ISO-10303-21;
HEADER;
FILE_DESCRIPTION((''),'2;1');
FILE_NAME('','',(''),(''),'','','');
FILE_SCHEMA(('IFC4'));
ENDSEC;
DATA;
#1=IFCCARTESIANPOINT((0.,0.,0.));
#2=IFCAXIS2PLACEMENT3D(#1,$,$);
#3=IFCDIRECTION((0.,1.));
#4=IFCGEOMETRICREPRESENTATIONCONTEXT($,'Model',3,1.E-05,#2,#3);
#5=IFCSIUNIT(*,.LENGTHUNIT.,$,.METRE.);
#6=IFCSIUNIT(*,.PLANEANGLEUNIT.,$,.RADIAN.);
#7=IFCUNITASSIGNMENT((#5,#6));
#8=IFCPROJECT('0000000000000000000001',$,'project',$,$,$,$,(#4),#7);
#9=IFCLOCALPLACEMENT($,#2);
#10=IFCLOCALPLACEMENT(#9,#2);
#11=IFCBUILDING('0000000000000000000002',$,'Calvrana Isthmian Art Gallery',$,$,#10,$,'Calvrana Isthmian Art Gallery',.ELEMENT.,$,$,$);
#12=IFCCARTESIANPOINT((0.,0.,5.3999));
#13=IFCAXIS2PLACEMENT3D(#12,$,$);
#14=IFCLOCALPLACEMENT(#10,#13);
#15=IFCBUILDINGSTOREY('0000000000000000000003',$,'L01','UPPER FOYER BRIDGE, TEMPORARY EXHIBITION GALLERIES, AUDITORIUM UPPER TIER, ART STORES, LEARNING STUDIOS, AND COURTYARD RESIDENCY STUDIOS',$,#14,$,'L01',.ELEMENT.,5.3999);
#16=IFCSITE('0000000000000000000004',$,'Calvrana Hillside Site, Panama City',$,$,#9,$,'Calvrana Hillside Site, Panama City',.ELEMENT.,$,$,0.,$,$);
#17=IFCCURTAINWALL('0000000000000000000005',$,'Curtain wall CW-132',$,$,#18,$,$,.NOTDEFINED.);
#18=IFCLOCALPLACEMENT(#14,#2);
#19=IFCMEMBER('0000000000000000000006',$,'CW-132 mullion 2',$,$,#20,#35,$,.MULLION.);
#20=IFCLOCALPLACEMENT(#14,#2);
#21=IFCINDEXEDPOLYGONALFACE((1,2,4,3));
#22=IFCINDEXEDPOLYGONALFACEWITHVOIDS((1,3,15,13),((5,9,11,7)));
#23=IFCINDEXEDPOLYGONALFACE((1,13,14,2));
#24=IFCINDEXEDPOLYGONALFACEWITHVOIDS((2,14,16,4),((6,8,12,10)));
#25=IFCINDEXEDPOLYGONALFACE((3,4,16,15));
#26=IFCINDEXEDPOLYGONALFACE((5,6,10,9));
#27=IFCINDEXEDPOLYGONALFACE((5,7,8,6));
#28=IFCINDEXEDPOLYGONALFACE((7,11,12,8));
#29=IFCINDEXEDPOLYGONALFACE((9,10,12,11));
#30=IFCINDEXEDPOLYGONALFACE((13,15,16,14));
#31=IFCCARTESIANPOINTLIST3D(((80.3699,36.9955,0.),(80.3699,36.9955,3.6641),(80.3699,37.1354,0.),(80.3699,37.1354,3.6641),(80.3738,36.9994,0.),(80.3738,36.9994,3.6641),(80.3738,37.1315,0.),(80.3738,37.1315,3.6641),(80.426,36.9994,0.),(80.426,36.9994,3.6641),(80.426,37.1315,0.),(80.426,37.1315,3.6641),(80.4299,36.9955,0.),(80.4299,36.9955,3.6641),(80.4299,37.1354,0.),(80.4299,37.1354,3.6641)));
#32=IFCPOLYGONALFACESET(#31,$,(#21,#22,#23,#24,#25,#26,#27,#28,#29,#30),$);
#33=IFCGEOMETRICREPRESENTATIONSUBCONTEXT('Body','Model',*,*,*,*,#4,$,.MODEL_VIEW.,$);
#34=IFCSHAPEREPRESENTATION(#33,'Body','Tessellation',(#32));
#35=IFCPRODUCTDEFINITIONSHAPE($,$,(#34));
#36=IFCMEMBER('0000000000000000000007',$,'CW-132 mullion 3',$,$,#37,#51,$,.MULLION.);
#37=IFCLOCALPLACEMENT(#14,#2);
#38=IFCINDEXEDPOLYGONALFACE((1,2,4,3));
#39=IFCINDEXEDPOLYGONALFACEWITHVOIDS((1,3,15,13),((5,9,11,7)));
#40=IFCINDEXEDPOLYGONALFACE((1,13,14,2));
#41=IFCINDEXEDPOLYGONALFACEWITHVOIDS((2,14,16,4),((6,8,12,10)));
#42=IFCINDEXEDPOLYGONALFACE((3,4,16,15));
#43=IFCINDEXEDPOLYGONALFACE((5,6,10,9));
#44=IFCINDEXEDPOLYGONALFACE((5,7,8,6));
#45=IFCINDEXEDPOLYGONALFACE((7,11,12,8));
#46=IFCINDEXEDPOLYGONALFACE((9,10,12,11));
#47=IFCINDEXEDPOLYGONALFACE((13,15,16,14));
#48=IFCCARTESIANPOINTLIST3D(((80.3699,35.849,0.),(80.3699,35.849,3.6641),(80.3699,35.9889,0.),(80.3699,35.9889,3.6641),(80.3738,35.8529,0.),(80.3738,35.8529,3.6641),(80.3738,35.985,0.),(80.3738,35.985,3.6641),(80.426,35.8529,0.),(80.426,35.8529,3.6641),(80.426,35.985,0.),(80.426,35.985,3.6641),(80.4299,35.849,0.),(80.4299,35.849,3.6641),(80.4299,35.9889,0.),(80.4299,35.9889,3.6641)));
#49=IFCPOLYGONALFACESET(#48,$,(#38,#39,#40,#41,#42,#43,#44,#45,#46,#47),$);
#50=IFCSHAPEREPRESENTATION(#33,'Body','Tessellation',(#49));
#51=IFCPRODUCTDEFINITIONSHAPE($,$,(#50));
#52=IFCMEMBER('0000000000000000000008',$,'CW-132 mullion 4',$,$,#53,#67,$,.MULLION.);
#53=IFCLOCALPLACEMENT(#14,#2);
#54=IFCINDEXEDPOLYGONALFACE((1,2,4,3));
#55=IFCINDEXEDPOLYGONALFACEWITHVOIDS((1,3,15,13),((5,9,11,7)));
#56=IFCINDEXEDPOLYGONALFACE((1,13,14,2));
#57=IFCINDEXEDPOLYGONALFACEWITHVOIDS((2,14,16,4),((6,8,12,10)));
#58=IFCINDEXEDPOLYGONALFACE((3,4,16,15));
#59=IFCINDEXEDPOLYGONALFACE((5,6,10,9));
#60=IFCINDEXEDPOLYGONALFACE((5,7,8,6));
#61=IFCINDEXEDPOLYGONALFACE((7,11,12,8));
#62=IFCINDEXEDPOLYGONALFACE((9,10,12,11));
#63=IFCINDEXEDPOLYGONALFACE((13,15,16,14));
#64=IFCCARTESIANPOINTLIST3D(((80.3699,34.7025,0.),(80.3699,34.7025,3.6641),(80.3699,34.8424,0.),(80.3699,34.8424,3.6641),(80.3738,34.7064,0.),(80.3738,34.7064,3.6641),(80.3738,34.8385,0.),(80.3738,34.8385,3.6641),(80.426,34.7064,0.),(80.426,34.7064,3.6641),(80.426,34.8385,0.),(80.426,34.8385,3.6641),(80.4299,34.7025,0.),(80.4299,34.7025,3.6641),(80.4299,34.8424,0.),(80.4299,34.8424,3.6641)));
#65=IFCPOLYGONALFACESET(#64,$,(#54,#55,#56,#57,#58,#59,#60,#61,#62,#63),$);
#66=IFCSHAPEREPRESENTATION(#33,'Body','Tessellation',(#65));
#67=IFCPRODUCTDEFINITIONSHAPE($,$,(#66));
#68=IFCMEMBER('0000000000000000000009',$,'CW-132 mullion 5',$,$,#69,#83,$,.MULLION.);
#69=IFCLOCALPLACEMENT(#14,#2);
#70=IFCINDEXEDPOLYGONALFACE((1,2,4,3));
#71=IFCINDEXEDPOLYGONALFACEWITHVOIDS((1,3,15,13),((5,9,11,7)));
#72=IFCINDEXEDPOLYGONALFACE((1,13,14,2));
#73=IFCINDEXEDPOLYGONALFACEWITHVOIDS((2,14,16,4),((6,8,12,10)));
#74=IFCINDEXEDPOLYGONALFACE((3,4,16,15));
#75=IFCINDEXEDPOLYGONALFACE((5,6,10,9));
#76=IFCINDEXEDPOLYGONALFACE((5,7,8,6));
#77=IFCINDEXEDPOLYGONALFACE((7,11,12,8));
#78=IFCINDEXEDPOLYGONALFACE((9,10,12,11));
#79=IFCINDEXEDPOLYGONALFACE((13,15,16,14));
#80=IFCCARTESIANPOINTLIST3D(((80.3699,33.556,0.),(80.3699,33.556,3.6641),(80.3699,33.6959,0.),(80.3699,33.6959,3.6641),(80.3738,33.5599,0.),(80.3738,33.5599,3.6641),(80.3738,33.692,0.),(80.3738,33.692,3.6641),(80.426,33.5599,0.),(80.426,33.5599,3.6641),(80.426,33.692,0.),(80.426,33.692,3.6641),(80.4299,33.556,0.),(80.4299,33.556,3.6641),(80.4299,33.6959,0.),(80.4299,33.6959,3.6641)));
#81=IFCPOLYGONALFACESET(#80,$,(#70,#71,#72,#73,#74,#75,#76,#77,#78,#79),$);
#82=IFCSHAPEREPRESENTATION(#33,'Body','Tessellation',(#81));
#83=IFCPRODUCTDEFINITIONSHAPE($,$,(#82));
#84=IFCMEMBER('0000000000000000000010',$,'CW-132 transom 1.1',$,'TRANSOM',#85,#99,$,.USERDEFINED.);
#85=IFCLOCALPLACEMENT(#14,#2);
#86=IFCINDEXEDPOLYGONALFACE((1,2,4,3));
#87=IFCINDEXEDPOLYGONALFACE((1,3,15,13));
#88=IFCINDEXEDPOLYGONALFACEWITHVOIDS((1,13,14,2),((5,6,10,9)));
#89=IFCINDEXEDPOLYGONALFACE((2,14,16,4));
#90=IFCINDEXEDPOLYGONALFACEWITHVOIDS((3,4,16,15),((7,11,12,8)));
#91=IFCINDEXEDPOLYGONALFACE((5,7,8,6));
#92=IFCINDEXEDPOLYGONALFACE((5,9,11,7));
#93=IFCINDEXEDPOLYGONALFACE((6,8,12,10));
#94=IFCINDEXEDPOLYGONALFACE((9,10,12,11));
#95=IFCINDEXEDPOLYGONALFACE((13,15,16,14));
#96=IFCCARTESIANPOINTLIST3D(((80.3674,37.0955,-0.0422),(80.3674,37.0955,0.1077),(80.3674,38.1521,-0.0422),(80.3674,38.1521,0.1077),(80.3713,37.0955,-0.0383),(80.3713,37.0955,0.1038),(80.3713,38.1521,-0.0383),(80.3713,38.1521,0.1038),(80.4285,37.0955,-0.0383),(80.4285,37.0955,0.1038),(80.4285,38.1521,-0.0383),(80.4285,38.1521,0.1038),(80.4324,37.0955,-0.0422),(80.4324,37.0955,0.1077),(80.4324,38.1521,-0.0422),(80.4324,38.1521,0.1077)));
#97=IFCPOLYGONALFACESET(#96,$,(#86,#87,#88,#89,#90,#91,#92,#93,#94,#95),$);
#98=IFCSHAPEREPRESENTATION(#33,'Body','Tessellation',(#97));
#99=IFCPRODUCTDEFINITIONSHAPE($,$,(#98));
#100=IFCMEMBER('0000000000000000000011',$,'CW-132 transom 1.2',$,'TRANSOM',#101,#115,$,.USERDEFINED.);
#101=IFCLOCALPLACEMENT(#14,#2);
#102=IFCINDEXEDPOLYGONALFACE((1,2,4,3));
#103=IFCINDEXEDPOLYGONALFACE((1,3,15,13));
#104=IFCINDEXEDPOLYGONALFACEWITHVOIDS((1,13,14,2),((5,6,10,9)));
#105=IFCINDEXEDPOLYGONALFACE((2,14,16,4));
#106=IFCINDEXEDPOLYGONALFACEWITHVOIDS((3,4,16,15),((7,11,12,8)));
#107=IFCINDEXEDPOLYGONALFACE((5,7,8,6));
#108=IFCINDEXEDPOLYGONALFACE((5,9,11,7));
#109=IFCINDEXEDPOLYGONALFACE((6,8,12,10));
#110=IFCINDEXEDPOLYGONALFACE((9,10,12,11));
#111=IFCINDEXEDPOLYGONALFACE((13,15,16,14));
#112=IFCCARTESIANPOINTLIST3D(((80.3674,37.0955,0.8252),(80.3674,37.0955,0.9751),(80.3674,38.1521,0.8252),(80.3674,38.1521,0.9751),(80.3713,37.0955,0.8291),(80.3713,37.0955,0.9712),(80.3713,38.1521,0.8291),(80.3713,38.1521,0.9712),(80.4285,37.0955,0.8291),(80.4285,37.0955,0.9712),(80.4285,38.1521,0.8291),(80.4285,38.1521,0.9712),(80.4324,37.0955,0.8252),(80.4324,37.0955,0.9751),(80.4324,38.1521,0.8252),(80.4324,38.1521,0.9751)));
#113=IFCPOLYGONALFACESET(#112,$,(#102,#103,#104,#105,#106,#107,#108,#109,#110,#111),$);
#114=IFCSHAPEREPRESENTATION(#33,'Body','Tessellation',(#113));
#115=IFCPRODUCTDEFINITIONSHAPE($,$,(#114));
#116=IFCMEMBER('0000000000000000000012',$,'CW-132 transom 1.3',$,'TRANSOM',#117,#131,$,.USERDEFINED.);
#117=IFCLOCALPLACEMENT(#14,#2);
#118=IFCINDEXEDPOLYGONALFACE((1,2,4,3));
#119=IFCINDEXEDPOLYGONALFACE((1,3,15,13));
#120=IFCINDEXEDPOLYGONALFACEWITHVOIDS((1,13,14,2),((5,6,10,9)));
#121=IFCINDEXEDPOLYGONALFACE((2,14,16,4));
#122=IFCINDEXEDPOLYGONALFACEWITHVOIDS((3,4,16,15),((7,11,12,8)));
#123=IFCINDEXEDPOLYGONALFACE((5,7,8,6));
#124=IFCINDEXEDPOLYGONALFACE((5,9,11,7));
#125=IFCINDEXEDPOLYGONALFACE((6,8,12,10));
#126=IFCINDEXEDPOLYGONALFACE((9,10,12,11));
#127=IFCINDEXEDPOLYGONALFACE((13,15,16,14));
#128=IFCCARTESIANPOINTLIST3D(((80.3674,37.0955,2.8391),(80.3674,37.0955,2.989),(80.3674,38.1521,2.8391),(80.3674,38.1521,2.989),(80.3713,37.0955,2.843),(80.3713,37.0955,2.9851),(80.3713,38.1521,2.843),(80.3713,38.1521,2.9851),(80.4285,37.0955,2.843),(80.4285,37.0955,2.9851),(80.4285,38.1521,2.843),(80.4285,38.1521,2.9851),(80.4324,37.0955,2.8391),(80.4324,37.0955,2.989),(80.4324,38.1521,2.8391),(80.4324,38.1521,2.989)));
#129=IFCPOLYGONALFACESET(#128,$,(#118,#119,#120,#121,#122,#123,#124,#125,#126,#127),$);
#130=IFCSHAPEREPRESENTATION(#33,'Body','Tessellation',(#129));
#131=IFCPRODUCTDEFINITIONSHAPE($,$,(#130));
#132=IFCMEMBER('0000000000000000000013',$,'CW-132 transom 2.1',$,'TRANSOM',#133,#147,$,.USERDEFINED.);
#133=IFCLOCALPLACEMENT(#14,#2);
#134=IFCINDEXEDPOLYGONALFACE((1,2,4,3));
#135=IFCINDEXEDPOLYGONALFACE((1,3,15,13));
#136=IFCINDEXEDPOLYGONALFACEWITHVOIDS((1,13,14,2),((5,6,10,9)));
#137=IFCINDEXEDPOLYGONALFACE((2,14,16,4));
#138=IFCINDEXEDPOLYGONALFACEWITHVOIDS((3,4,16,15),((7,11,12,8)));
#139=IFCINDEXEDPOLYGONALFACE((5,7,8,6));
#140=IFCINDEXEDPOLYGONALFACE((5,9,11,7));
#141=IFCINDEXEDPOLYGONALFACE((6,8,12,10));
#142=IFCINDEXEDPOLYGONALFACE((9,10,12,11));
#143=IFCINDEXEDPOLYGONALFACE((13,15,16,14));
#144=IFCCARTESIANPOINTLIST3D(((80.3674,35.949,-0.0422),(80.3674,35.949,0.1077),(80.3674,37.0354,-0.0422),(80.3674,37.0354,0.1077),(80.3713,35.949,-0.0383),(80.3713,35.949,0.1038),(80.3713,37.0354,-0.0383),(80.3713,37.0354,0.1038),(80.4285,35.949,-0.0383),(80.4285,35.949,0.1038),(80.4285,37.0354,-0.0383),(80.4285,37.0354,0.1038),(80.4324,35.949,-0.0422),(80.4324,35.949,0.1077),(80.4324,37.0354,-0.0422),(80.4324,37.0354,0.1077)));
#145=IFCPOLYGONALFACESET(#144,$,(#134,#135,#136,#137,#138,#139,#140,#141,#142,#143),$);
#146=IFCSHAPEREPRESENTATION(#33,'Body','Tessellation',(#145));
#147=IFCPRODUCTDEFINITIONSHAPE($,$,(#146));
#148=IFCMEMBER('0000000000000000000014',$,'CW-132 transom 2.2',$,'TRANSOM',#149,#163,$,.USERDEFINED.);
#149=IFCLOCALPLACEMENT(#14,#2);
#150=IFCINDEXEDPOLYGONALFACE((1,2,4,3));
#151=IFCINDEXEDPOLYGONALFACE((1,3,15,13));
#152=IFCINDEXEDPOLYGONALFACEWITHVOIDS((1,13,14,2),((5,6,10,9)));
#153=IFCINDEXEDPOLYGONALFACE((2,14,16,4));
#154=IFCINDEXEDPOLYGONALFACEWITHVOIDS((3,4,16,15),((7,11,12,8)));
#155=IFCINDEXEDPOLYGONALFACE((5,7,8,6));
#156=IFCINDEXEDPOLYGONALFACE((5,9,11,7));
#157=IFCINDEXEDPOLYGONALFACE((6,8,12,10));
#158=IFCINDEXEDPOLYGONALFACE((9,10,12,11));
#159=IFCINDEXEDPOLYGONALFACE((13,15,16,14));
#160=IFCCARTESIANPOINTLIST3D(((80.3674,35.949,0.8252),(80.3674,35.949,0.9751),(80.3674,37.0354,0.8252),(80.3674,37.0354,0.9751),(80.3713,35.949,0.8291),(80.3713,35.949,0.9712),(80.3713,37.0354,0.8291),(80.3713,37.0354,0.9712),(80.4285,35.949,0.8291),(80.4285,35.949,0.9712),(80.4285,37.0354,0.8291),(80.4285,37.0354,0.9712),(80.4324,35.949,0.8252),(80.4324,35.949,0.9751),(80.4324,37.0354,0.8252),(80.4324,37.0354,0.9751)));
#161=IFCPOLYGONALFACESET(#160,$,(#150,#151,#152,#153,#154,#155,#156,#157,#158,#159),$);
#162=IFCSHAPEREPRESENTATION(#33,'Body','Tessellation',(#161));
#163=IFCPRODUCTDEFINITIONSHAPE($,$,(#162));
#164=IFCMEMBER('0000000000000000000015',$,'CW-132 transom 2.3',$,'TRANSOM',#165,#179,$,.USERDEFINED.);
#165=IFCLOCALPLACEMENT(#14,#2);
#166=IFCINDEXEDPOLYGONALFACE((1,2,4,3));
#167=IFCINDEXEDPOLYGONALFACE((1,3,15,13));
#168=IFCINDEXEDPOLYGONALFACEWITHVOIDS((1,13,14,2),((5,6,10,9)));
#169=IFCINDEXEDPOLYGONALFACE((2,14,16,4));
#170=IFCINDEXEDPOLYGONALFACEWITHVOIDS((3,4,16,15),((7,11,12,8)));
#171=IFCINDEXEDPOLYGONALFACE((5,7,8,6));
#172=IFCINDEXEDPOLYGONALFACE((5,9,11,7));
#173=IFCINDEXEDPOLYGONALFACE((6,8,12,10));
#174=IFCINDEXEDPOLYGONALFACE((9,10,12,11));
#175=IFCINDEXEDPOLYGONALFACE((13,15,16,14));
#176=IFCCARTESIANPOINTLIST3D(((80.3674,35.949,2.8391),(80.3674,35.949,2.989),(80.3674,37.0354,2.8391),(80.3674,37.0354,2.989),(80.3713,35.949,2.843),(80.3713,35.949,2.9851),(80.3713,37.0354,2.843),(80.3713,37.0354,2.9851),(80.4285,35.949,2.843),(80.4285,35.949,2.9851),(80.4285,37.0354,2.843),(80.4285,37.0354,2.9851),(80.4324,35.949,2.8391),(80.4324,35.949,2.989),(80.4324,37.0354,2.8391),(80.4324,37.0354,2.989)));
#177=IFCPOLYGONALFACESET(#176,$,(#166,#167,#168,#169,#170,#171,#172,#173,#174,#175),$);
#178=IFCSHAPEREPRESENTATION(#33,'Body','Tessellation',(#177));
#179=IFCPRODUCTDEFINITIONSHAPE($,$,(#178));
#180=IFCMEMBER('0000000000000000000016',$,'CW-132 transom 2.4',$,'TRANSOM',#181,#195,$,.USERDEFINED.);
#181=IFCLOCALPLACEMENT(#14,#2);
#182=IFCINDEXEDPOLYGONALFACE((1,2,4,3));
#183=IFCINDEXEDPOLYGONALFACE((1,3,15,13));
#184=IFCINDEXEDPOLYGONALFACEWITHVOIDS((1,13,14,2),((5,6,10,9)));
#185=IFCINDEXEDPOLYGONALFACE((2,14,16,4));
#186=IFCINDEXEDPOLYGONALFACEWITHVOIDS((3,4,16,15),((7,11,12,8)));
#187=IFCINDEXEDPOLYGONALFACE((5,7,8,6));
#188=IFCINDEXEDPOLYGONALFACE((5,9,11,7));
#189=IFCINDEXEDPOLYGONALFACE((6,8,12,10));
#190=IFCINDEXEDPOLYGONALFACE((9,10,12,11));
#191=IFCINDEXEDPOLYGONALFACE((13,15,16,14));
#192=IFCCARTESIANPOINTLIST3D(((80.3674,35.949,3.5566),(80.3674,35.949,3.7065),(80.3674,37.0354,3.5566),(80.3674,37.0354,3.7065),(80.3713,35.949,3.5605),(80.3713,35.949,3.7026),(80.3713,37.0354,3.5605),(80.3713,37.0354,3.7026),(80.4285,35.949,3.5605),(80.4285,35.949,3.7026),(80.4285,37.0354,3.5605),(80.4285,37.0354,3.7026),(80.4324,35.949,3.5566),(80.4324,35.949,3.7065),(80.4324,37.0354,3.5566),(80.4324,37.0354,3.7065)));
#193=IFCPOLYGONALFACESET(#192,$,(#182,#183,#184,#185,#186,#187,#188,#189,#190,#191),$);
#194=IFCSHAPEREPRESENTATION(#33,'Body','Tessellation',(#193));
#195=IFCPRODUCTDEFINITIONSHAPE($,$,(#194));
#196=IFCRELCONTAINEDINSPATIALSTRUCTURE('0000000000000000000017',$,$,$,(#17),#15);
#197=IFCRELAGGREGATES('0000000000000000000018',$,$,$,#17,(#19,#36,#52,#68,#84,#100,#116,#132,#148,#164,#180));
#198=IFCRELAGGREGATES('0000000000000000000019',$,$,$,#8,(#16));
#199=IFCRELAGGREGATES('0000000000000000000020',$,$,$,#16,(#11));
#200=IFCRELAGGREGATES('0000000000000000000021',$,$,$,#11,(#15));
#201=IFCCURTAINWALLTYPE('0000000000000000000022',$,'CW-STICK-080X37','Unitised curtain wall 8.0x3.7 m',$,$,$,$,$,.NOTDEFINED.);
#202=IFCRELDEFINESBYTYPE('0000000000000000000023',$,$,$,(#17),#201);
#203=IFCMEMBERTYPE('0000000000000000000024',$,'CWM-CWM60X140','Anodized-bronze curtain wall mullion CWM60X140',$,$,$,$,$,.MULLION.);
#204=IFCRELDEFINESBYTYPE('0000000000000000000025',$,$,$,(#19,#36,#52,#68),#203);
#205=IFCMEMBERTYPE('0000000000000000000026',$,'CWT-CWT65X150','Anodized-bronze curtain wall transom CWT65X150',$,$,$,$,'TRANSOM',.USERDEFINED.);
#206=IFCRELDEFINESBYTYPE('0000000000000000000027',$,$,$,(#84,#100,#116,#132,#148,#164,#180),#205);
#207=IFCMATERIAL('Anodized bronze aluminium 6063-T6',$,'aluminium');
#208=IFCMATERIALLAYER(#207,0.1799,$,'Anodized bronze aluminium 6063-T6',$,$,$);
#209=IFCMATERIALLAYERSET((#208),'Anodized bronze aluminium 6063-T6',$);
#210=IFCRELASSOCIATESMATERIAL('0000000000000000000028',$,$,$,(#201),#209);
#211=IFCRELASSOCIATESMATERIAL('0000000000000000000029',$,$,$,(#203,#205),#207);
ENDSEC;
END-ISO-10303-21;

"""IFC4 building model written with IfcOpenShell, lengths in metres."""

from ifc_helpers import new_model, si_unit, direction, frame, origin, origin_2d, place, context, subcontext, project, spatial, hollow_rectangle, extrude, material, layer, layer_set, material_profile, profile_set, type_object, element, aggregate, save


model = new_model("IFC4")

# Units and contexts
model_context = context("Model", 3, precision=1e-05, world=origin(), true_north=direction((0.0, 1.0)))
body_context = subcontext(model_context, "Body", "Model", "MODEL_VIEW")
ifc_project = project(units=[si_unit("LENGTHUNIT", "METRE"), si_unit("PLANEANGLEUNIT", "RADIAN")], contexts=[model_context])

# Site, building, storey
site_placement = place(None, origin())
site = spatial("IfcSite", under=ifc_project, at=site_placement, Name="Calvrana Hillside Site, Panama City", LongName="Calvrana Hillside Site, Panama City", CompositionType="ELEMENT", RefElevation=0.0)
building_placement = place(site_placement, origin())
building = spatial("IfcBuilding", under=site, at=building_placement, Name="Calvrana Isthmian Art Gallery", LongName="Calvrana Isthmian Art Gallery", CompositionType="ELEMENT")
storey_placement = place(building_placement, frame((0.0, 0.0, 5.3999)))
storey = spatial("IfcBuildingStorey", under=building, at=storey_placement, Name="L01", Description="UPPER FOYER BRIDGE, TEMPORARY EXHIBITION GALLERIES, AUDITORIUM UPPER TIER, ART STORES, LEARNING STUDIOS, AND COURTYARD RESIDENCY STUDIOS", LongName="L01", CompositionType="ELEMENT", Elevation=5.3999)

# Curtain wall, members
ifc_material_1 = material(Name="Anodized bronze aluminium 6063-T6", Category="aluminium")
ifc_layer_1 = layer(ifc_material_1, 0.1799, Name="Anodized bronze aluminium 6063-T6")
ifc_layer_set_1 = layer_set([ifc_layer_1], Name="Anodized bronze aluminium 6063-T6")
curtain_wall_type = type_object("IfcCurtainWallType", Name="CW-STICK-080X37", Description="Unitised curtain wall 8.0x3.7 m", PredefinedType="NOTDEFINED", material=ifc_layer_set_1)
curtain_wall_placement = place(storey_placement, origin())
curtain_wall = element("IfcCurtainWall", 1, at=curtain_wall_placement, inside=storey, type_object=curtain_wall_type, Name="Curtain wall CW-132", PredefinedType="NOTDEFINED")
ifc_material_profile_1 = material_profile(ifc_material_1, hollow_rectangle(XDim=0.0601, YDim=0.1399, WallThickness=0.0039, at=origin_2d()), Name="CWM60X140")
ifc_profile_set_1 = profile_set([ifc_material_profile_1], Name="Anodized bronze aluminium 6063-T6")
member_type_1 = type_object("IfcMemberType", Name="CWM-CWM60X140", Description="Anodized-bronze curtain wall mullion CWM60X140", PredefinedType="MULLION", material=ifc_profile_set_1)
member_1_placement = place(storey_placement, frame((80.3999, 37.0654, 0.0), z_axis=(0.0, 0.0, 1.0), x_axis=(1.0, 0.0, 0.0)))
member_1 = element("IfcMember", 2, at=member_1_placement, type_object=member_type_1, Name="CW-132 mullion 2", PredefinedType="MULLION", context=body_context, shape_type="SweptSolid", body=[
    extrude(hollow_rectangle(XDim=0.0601, YDim=0.1399, WallThickness=0.0039, at=origin_2d()), origin(), (0.0, 0.0, 1.0), 3.6641),
])
member_2_placement = place(storey_placement, frame((80.3999, 35.9189, 0.0), z_axis=(0.0, 0.0, 1.0), x_axis=(1.0, 0.0, 0.0)))
member_2 = element("IfcMember", 3, at=member_2_placement, type_object=member_type_1, Name="CW-132 mullion 3", PredefinedType="MULLION", context=body_context, shape_type="SweptSolid", body=[
    extrude(hollow_rectangle(XDim=0.0601, YDim=0.1399, WallThickness=0.0039, at=origin_2d()), origin(), (0.0, 0.0, 1.0), 3.6641),
])
member_3_placement = place(storey_placement, frame((80.3999, 34.7725, 0.0), z_axis=(0.0, 0.0, 1.0), x_axis=(1.0, 0.0, 0.0)))
member_3 = element("IfcMember", 4, at=member_3_placement, type_object=member_type_1, Name="CW-132 mullion 4", PredefinedType="MULLION", context=body_context, shape_type="SweptSolid", body=[
    extrude(hollow_rectangle(XDim=0.0601, YDim=0.1399, WallThickness=0.0039, at=origin_2d()), origin(), (0.0, 0.0, 1.0), 3.6641),
])
member_4_placement = place(storey_placement, frame((80.3999, 33.626, 0.0), z_axis=(0.0, 0.0, 1.0), x_axis=(1.0, 0.0, 0.0)))
member_4 = element("IfcMember", 5, at=member_4_placement, type_object=member_type_1, Name="CW-132 mullion 5", PredefinedType="MULLION", context=body_context, shape_type="SweptSolid", body=[
    extrude(hollow_rectangle(XDim=0.0601, YDim=0.1399, WallThickness=0.0039, at=origin_2d()), origin(), (0.0, 0.0, 1.0), 3.6641),
])
ifc_material_profile_2 = material_profile(ifc_material_1, hollow_rectangle(XDim=0.0649, YDim=0.1499, WallThickness=0.0039, at=origin_2d()), Name="CWT65X150")
ifc_profile_set_2 = profile_set([ifc_material_profile_2], Name="Anodized bronze aluminium 6063-T6")
member_type_2 = type_object("IfcMemberType", Name="CWT-CWT65X150", Description="Anodized-bronze curtain wall transom CWT65X150", ElementType="TRANSOM", PredefinedType="USERDEFINED", material=ifc_profile_set_2)
member_5_placement = place(storey_placement, frame((80.3999, 38.1521, 0.0327), z_axis=(0.0, -1.0, 0.0), x_axis=(1.0, 0.0, 0.0)))
member_5 = element("IfcMember", 6, at=member_5_placement, type_object=member_type_2, Name="CW-132 transom 1.1", ObjectType="TRANSOM", PredefinedType="USERDEFINED", context=body_context, shape_type="SweptSolid", body=[
    extrude(hollow_rectangle(XDim=0.0649, YDim=0.1499, WallThickness=0.0039, at=origin_2d()), origin(), (0.0, 0.0, 1.0), 1.0566),
])
member_6_placement = place(storey_placement, frame((80.3999, 38.1521, 0.9001), z_axis=(0.0, -1.0, 0.0), x_axis=(1.0, 0.0, 0.0)))
member_6 = element("IfcMember", 7, at=member_6_placement, type_object=member_type_2, Name="CW-132 transom 1.2", ObjectType="TRANSOM", PredefinedType="USERDEFINED", context=body_context, shape_type="SweptSolid", body=[
    extrude(hollow_rectangle(XDim=0.0649, YDim=0.1499, WallThickness=0.0039, at=origin_2d()), origin(), (0.0, 0.0, 1.0), 1.0566),
])
member_7_placement = place(storey_placement, frame((80.3999, 38.1521, 2.9141), z_axis=(0.0, -1.0, 0.0), x_axis=(1.0, 0.0, 0.0)))
member_7 = element("IfcMember", 8, at=member_7_placement, type_object=member_type_2, Name="CW-132 transom 1.3", ObjectType="TRANSOM", PredefinedType="USERDEFINED", context=body_context, shape_type="SweptSolid", body=[
    extrude(hollow_rectangle(XDim=0.0649, YDim=0.1499, WallThickness=0.0039, at=origin_2d()), origin(), (0.0, 0.0, 1.0), 1.0566),
])
member_8_placement = place(storey_placement, frame((80.3999, 37.0354, 0.0327), z_axis=(0.0, -1.0, 0.0), x_axis=(1.0, 0.0, 0.0)))
member_8 = element("IfcMember", 9, at=member_8_placement, type_object=member_type_2, Name="CW-132 transom 2.1", ObjectType="TRANSOM", PredefinedType="USERDEFINED", context=body_context, shape_type="SweptSolid", body=[
    extrude(hollow_rectangle(XDim=0.0649, YDim=0.1499, WallThickness=0.0039, at=origin_2d()), origin(), (0.0, 0.0, 1.0), 1.0864),
])
member_9_placement = place(storey_placement, frame((80.3999, 37.0354, 0.9001), z_axis=(0.0, -1.0, 0.0), x_axis=(1.0, 0.0, 0.0)))
member_9 = element("IfcMember", 10, at=member_9_placement, type_object=member_type_2, Name="CW-132 transom 2.2", ObjectType="TRANSOM", PredefinedType="USERDEFINED", context=body_context, shape_type="SweptSolid", body=[
    extrude(hollow_rectangle(XDim=0.0649, YDim=0.1499, WallThickness=0.0039, at=origin_2d()), origin(), (0.0, 0.0, 1.0), 1.0864),
])
member_10_placement = place(storey_placement, frame((80.3999, 37.0354, 2.9141), z_axis=(0.0, -1.0, 0.0), x_axis=(1.0, 0.0, 0.0)))
member_10 = element("IfcMember", 11, at=member_10_placement, type_object=member_type_2, Name="CW-132 transom 2.3", ObjectType="TRANSOM", PredefinedType="USERDEFINED", context=body_context, shape_type="SweptSolid", body=[
    extrude(hollow_rectangle(XDim=0.0649, YDim=0.1499, WallThickness=0.0039, at=origin_2d()), origin(), (0.0, 0.0, 1.0), 1.0864),
])
member_11_placement = place(storey_placement, frame((80.3999, 37.0354, 3.6316), z_axis=(0.0, -1.0, 0.0), x_axis=(1.0, 0.0, 0.0)))
member_11 = element("IfcMember", 12, at=member_11_placement, type_object=member_type_2, Name="CW-132 transom 2.4", ObjectType="TRANSOM", PredefinedType="USERDEFINED", context=body_context, shape_type="SweptSolid", body=[
    extrude(hollow_rectangle(XDim=0.0649, YDim=0.1499, WallThickness=0.0039, at=origin_2d()), origin(), (0.0, 0.0, 1.0), 1.0864),
])
aggregate(curtain_wall, [member_1, member_2, member_3, member_4, member_5, member_6, member_7, member_8, member_9, member_10, member_11])

save(model, "model.ifc")
